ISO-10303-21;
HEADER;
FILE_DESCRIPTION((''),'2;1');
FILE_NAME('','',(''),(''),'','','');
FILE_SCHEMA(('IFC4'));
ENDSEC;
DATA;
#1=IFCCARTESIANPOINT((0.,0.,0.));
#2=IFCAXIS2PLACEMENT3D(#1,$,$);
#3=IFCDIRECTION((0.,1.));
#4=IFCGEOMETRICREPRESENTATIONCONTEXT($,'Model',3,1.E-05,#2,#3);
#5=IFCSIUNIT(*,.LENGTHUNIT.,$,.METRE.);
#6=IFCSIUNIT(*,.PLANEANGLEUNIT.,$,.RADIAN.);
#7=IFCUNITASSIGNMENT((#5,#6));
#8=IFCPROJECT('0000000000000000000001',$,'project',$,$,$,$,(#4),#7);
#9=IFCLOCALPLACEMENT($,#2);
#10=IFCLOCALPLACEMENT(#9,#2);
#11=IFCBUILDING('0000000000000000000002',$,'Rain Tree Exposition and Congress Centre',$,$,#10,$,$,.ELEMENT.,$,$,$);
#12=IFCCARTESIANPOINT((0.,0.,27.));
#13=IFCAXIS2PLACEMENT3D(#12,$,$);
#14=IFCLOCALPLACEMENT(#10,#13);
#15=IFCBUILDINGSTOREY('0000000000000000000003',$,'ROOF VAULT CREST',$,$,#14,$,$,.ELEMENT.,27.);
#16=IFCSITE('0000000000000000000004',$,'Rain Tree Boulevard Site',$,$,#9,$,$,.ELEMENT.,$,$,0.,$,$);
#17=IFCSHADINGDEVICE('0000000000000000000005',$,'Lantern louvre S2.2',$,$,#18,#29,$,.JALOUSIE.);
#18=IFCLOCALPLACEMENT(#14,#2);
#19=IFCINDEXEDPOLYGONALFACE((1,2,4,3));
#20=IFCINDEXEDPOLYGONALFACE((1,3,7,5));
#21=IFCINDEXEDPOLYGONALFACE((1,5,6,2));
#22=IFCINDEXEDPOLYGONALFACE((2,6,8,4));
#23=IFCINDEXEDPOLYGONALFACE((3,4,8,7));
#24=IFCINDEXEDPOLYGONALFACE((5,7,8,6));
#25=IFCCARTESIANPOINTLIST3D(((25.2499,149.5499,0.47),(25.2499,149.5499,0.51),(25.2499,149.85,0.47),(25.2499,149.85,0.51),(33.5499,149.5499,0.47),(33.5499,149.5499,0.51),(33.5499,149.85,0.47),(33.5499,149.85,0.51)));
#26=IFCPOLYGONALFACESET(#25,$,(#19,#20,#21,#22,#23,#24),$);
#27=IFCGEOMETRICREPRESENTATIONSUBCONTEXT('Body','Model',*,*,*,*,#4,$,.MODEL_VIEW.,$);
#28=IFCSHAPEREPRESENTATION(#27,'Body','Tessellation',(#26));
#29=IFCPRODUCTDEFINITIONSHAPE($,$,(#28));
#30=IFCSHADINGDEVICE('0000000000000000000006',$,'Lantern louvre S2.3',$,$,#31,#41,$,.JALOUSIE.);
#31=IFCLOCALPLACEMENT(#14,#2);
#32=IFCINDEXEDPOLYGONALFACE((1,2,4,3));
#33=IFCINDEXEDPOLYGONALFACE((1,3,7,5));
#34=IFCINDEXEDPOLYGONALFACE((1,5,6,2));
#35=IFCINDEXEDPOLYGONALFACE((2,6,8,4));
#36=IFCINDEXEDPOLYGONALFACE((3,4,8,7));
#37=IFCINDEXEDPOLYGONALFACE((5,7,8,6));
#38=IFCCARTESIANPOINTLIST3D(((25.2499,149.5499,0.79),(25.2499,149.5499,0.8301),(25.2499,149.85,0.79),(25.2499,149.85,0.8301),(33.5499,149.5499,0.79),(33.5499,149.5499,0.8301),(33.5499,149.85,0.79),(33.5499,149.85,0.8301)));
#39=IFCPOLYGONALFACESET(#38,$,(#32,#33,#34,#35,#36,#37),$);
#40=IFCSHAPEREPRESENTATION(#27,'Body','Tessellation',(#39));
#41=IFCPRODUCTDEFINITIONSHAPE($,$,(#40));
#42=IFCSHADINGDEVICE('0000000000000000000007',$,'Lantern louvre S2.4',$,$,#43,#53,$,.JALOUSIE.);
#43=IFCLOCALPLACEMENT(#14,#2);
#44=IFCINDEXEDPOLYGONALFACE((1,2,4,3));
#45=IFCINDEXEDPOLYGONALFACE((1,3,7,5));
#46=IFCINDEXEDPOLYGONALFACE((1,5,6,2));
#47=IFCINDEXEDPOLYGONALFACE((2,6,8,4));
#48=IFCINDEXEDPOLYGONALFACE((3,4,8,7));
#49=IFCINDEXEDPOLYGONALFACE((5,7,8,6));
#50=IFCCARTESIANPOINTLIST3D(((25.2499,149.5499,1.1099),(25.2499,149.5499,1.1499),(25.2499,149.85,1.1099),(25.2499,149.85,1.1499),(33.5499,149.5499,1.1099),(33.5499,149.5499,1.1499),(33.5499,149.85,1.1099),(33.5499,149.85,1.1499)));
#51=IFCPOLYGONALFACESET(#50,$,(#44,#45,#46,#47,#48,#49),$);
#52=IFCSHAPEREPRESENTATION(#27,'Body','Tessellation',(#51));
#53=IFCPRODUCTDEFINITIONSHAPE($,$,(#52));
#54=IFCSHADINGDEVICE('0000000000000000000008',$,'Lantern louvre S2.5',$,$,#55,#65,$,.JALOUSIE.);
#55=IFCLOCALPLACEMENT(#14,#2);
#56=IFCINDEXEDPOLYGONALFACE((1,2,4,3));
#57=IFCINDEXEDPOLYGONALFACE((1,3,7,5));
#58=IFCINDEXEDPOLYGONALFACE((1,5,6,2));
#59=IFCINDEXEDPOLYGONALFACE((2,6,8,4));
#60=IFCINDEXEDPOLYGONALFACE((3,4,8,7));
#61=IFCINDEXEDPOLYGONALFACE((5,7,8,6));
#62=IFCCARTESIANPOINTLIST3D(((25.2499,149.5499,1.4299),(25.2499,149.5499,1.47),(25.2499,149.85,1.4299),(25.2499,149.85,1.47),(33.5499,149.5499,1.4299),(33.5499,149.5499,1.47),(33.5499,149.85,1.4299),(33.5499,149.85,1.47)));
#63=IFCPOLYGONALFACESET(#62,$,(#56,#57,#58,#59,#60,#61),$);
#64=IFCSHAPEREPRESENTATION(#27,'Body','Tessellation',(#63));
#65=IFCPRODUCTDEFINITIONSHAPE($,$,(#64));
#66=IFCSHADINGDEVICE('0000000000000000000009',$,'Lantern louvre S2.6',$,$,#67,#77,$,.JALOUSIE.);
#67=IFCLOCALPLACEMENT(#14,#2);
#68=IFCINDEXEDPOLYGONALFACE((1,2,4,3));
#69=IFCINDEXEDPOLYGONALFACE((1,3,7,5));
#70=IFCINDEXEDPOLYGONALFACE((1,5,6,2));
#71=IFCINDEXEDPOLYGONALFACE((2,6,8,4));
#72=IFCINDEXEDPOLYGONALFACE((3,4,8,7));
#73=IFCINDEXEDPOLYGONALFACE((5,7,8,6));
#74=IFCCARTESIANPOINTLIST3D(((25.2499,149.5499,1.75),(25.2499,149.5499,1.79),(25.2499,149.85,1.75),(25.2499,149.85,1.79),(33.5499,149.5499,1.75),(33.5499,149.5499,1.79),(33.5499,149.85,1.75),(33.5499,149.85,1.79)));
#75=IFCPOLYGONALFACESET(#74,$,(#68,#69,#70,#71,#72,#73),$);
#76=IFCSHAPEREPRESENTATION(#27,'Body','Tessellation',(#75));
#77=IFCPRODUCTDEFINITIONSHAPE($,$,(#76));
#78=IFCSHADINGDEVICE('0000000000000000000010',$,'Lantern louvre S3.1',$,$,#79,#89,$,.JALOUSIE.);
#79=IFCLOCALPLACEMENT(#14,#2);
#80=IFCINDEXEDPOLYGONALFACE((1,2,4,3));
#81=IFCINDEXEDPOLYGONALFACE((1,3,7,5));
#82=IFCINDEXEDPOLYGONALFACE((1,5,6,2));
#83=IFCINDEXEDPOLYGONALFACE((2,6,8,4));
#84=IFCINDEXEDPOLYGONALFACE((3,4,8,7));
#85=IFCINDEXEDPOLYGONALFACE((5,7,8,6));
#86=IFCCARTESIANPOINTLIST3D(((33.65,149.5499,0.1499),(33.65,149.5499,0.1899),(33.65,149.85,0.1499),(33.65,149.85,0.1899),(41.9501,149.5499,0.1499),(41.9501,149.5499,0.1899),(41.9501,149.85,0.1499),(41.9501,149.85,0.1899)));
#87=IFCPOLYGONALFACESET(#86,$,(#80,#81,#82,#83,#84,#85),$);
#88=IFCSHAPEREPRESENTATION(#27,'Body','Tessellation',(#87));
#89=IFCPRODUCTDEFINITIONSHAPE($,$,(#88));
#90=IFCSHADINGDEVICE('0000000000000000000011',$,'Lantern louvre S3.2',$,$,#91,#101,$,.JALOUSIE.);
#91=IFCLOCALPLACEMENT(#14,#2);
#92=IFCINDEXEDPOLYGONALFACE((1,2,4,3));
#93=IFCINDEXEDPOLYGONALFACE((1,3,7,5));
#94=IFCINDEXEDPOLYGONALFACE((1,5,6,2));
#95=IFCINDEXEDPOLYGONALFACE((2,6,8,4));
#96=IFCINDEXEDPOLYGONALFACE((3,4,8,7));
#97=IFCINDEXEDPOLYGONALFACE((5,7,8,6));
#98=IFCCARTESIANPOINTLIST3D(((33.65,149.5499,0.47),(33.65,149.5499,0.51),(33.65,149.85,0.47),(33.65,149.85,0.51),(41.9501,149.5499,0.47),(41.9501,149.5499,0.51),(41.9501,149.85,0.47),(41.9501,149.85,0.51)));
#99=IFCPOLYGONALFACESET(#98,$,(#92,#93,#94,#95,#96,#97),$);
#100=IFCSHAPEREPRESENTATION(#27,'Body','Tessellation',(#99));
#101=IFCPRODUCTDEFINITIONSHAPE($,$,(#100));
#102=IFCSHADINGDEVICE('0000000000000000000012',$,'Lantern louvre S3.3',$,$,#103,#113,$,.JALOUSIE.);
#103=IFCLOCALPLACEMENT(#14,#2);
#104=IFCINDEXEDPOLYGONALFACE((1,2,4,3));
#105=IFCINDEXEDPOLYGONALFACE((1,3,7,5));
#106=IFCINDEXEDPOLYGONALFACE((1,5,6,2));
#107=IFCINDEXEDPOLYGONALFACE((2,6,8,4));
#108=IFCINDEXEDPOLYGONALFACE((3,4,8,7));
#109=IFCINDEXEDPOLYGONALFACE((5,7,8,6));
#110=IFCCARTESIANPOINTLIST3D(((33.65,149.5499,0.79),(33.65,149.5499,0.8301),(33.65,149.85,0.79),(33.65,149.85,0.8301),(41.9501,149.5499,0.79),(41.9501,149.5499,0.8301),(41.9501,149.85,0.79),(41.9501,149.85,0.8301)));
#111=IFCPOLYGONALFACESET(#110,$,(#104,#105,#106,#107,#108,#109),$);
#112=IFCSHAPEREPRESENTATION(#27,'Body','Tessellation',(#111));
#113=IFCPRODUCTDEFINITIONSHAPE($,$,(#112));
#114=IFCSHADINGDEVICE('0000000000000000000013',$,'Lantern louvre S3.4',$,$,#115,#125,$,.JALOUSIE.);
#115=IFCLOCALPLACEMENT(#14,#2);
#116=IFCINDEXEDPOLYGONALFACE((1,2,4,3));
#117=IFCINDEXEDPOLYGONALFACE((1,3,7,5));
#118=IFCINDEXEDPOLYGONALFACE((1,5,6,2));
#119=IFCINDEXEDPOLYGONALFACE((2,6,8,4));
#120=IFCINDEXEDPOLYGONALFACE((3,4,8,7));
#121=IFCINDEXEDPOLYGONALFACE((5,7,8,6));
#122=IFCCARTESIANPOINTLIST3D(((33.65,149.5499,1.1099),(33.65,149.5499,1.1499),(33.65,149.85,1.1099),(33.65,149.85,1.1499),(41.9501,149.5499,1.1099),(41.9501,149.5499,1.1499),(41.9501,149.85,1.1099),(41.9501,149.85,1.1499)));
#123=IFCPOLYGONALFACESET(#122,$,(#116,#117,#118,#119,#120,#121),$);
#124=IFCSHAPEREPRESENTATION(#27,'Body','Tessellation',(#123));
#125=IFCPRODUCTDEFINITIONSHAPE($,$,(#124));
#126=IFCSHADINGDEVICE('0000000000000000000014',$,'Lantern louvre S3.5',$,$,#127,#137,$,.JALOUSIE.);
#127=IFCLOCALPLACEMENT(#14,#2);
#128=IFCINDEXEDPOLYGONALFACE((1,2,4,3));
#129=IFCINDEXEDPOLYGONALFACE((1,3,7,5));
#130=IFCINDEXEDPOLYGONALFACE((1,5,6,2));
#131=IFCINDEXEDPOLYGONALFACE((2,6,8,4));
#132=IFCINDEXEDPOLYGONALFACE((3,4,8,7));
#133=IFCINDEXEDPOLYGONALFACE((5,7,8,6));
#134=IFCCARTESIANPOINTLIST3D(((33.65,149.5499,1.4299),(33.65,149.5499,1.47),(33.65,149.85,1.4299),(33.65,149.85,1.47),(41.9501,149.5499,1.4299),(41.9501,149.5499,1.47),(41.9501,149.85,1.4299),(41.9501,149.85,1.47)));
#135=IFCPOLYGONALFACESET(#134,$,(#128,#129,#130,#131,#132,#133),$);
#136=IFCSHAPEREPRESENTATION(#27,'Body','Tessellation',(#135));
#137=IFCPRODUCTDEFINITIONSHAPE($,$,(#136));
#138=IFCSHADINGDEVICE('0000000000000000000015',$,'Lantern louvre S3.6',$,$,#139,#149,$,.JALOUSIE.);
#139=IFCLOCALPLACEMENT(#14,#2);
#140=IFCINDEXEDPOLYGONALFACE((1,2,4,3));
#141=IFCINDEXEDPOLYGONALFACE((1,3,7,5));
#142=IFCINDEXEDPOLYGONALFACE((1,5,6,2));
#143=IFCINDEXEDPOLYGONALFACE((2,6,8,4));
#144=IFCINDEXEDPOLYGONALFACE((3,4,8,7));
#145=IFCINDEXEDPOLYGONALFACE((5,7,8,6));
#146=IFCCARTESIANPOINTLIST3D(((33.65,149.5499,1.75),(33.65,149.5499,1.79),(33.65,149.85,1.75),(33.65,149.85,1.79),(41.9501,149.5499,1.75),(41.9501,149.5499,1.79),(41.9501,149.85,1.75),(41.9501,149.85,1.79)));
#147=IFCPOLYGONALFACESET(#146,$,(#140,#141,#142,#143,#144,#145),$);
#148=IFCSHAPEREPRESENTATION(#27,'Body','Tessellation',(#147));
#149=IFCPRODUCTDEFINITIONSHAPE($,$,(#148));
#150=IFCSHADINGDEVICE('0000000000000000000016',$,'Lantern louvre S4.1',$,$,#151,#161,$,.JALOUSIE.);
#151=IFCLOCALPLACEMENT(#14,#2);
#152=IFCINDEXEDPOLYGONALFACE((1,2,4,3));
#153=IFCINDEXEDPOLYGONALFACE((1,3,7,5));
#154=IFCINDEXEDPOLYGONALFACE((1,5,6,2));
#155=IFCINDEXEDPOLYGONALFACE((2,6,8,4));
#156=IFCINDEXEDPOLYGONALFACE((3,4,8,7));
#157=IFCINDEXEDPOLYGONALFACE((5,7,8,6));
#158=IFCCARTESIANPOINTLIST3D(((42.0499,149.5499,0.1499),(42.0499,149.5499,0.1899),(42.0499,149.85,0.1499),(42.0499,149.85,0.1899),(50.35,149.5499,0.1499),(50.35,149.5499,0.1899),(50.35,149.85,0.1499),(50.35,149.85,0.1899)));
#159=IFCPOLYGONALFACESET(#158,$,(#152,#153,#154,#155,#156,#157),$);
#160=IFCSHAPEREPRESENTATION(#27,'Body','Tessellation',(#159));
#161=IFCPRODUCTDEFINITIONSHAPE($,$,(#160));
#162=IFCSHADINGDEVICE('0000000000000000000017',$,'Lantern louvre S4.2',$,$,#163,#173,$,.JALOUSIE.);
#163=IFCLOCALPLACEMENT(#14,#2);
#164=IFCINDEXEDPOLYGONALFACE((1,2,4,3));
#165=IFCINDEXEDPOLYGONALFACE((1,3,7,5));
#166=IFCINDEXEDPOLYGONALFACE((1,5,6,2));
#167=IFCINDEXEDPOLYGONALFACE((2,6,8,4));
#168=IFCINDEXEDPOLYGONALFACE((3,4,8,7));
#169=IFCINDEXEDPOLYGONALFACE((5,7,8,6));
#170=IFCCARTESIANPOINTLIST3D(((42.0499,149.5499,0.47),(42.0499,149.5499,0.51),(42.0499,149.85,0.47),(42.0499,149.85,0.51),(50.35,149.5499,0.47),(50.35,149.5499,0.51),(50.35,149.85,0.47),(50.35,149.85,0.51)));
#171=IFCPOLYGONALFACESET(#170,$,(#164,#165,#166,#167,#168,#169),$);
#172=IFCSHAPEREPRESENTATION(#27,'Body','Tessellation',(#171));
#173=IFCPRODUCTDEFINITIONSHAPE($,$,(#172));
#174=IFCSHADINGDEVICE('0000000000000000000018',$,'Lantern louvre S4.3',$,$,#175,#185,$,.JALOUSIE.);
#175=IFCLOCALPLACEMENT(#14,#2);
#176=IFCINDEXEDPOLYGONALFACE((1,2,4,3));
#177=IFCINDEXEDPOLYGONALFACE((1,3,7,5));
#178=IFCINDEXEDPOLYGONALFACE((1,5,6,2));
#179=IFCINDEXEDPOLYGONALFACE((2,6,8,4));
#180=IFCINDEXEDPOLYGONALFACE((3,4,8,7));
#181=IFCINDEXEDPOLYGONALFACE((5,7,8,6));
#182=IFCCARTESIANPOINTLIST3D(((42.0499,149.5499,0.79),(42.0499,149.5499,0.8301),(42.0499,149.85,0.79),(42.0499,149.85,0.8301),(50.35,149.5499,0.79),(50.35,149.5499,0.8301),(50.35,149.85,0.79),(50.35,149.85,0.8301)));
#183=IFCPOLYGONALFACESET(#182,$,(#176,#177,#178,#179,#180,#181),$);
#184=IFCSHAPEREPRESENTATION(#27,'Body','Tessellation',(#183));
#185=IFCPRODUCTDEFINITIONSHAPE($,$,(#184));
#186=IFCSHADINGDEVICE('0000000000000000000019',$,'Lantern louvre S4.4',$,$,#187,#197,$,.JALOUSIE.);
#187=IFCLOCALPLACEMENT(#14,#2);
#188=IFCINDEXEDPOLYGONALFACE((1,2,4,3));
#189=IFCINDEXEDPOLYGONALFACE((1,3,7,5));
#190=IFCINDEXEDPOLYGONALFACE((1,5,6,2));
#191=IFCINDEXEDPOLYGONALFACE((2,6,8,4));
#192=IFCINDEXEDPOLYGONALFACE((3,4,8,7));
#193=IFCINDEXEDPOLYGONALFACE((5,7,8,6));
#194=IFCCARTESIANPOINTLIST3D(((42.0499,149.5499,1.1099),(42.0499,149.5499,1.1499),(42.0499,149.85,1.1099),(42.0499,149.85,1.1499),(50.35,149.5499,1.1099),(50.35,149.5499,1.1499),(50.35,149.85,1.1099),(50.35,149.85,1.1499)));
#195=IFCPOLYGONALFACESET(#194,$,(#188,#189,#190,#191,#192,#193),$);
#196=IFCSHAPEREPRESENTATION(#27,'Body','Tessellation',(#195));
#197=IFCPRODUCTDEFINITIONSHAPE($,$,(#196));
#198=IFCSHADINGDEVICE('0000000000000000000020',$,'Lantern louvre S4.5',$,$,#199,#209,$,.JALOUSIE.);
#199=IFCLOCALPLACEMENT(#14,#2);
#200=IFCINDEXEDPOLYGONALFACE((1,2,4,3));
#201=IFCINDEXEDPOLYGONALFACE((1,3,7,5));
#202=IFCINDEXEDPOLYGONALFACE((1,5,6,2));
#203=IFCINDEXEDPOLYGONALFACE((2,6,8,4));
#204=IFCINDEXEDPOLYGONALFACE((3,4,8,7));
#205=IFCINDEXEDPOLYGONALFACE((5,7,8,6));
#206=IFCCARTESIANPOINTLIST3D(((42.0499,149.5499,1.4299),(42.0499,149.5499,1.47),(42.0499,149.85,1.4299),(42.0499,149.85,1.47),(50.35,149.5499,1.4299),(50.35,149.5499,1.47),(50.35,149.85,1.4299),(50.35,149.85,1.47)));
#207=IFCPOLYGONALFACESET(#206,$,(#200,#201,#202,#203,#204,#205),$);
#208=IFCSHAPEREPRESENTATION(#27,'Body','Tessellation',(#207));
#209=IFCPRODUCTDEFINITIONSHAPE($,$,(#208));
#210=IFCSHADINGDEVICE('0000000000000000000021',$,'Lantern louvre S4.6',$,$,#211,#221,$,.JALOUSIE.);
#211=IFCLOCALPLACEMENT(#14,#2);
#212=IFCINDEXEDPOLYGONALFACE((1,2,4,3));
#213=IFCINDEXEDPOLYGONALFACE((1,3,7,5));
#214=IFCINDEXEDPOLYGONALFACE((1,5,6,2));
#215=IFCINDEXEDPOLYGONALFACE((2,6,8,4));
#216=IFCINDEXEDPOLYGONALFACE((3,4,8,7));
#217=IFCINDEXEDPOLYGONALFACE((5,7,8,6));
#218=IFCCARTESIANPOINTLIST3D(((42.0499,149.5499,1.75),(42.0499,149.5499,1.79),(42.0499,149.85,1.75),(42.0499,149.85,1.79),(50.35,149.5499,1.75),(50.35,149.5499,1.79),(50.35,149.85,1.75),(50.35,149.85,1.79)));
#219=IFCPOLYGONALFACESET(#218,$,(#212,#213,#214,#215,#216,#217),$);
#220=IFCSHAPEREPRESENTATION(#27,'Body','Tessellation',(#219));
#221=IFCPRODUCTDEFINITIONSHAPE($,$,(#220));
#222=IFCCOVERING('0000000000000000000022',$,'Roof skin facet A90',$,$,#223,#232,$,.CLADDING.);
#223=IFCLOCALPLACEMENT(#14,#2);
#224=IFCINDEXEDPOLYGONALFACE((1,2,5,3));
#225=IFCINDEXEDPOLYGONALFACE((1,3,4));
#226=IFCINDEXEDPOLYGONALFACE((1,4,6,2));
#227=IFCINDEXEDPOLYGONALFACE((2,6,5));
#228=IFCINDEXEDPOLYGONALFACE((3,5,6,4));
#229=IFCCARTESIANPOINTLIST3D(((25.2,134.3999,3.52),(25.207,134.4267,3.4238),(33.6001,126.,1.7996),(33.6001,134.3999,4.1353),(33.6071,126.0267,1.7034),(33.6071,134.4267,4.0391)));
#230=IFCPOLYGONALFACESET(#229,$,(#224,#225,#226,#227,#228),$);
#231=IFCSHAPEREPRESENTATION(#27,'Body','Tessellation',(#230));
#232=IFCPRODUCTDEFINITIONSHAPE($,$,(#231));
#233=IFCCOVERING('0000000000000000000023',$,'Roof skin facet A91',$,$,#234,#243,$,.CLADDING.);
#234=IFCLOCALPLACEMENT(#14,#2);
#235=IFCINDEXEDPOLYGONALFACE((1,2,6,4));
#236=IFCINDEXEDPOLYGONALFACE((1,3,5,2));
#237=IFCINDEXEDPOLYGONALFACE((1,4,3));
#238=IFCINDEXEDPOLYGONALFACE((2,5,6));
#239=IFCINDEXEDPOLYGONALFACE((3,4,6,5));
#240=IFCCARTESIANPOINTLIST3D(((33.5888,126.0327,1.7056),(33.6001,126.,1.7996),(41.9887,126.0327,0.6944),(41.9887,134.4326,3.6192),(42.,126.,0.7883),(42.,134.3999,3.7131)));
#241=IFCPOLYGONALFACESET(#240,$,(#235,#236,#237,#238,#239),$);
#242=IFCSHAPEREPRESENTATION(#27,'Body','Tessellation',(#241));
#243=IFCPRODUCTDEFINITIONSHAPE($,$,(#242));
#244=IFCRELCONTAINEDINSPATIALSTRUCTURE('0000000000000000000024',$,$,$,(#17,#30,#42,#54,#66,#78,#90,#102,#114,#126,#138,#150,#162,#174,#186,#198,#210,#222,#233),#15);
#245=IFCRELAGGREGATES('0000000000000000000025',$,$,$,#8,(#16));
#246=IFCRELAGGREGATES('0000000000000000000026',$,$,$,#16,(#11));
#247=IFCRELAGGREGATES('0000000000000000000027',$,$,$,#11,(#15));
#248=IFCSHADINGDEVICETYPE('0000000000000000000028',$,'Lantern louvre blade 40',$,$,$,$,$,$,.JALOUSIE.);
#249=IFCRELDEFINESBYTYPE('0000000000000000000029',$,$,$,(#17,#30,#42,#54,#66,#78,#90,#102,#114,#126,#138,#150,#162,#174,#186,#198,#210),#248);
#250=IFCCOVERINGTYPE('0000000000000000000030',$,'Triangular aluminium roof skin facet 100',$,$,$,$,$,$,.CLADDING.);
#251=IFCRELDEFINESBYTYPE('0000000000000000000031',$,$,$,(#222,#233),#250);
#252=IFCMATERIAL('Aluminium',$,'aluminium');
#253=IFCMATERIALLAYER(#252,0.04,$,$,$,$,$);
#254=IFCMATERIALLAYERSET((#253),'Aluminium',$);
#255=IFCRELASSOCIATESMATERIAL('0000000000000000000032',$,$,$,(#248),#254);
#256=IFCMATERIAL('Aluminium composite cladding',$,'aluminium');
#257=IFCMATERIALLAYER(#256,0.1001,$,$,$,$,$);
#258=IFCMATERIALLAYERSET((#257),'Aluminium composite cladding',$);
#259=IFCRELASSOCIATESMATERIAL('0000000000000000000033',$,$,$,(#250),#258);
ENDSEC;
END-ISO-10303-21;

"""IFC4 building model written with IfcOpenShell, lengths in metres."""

from ifc_helpers import new_model, si_unit, direction, frame, origin, origin_2d, place, context, subcontext, project, spatial, polyline, rectangle, outline, extrude, material, layer, layer_set, type_object, element, save


model = new_model("IFC4")

# Units and contexts
model_context = context("Model", 3, precision=1e-05, world=origin(), true_north=direction((0.0, 1.0)))
body_context = subcontext(model_context, "Body", "Model", "MODEL_VIEW")
ifc_project = project(units=[si_unit("LENGTHUNIT", "METRE"), si_unit("PLANEANGLEUNIT", "RADIAN")], contexts=[model_context])

# Site, building, storey
site_placement = place(None, origin())
site = spatial("IfcSite", under=ifc_project, at=site_placement, Name="Rain Tree Boulevard Site", CompositionType="ELEMENT", RefElevation=0.0)
building_placement = place(site_placement, origin())
building = spatial("IfcBuilding", under=site, at=building_placement, Name="Rain Tree Exposition and Congress Centre", CompositionType="ELEMENT")
storey_placement = place(building_placement, frame((0.0, 0.0, 27.0)))
storey = spatial("IfcBuildingStorey", under=building, at=storey_placement, Name="ROOF VAULT CREST", CompositionType="ELEMENT", Elevation=27.0)

# Shading devices
ifc_material_1 = material(Name="Aluminium", Category="aluminium")
ifc_layer_1 = layer(ifc_material_1, 0.04)
ifc_layer_set_1 = layer_set([ifc_layer_1], Name="Aluminium")
shading_device_type = type_object("IfcShadingDeviceType", Name="Lantern louvre blade 40", PredefinedType="JALOUSIE", material=ifc_layer_set_1)
for number, where, z_axis, x_axis, name in (
    (1, (29.3999, 149.7, 0.47), (0.0, 0.0, 1.0), (1.0, 0.0, 0.0), "Lantern louvre S2.2"),
    (2, (29.3999, 149.7, 0.79), (0.0, 0.0, 1.0), (1.0, 0.0, 0.0), "Lantern louvre S2.3"),
    (3, (29.3999, 149.7, 1.1099), (0.0, 0.0, 1.0), (1.0, 0.0, 0.0), "Lantern louvre S2.4"),
    (4, (29.3999, 149.7, 1.4299), (0.0, 0.0, 1.0), (1.0, 0.0, 0.0), "Lantern louvre S2.5"),
    (5, (29.3999, 149.7, 1.75), (0.0, 0.0, 1.0), (1.0, 0.0, 0.0), "Lantern louvre S2.6"),
    (6, (37.8, 149.7, 0.1499), (0.0, 0.0, 1.0), (1.0, 0.0, 0.0), "Lantern louvre S3.1"),
    (7, (37.8, 149.7, 0.47), (0.0, 0.0, 1.0), (1.0, 0.0, 0.0), "Lantern louvre S3.2"),
    (8, (37.8, 149.7, 0.79), (0.0, 0.0, 1.0), (1.0, 0.0, 0.0), "Lantern louvre S3.3"),
    (9, (37.8, 149.7, 1.1099), (0.0, 0.0, 1.0), (1.0, 0.0, 0.0), "Lantern louvre S3.4"),
    (10, (37.8, 149.7, 1.4299), (0.0, 0.0, 1.0), (1.0, 0.0, 0.0), "Lantern louvre S3.5"),
    (11, (37.8, 149.7, 1.75), (0.0, 0.0, 1.0), (1.0, 0.0, 0.0), "Lantern louvre S3.6"),
    (12, (46.2, 149.7, 0.1499), (0.0, 0.0, 1.0), (1.0, 0.0, 0.0), "Lantern louvre S4.1"),
    (13, (46.2, 149.7, 0.47), (0.0, 0.0, 1.0), (1.0, 0.0, 0.0), "Lantern louvre S4.2"),
    (14, (46.2, 149.7, 0.79), (0.0, 0.0, 1.0), (1.0, 0.0, 0.0), "Lantern louvre S4.3"),
    (15, (46.2, 149.7, 1.1099), (0.0, 0.0, 1.0), (1.0, 0.0, 0.0), "Lantern louvre S4.4"),
    (16, (46.2, 149.7, 1.4299), (0.0, 0.0, 1.0), (1.0, 0.0, 0.0), "Lantern louvre S4.5"),
    (17, (46.2, 149.7, 1.75), (0.0, 0.0, 1.0), (1.0, 0.0, 0.0), "Lantern louvre S4.6"),
):
    element("IfcShadingDevice", number, at=place(storey_placement, frame(where, z_axis=z_axis, x_axis=x_axis)), inside=storey, type_object=shading_device_type, Name=name, PredefinedType="JALOUSIE", context=body_context, shape_type="SweptSolid", body=[
        extrude(rectangle(XDim=8.3, YDim=0.3, at=origin_2d()), origin(), (0.0, 0.0, 1.0), 0.04),
    ])

# Coverings
ifc_material_2 = material(Name="Aluminium composite cladding", Category="aluminium")
ifc_layer_2 = layer(ifc_material_2, 0.1001)
ifc_layer_set_2 = layer_set([ifc_layer_2], Name="Aluminium composite cladding")
covering_type = type_object("IfcCoveringType", Name="Triangular aluminium roof skin facet 100", PredefinedType="CLADDING", material=ifc_layer_set_2)
covering_1_placement = place(storey_placement, frame((33.6001, 126.0, 1.7996), z_axis=(-0.070389, -0.267234, 0.961058), x_axis=(0.0, 0.963447, 0.267898)))
element("IfcCovering", 18, at=covering_1_placement, inside=storey, type_object=covering_type, Name="Roof skin facet A90", PredefinedType="CLADDING", context=body_context, shape_type="SweptSolid", body=[
    extrude(outline(polyline([(0.0, 0.0), (8.7186, 0.0), (8.5538, 8.421), (0.0, 0.0)])), origin(), (0.0, 0.0, -1.0), 0.1001),
])
covering_2_placement = place(storey_placement, frame((33.6001, 126.0, 1.7996), z_axis=(0.112963, -0.326727, 0.938344), x_axis=(0.992831, 0.0, -0.119523)))
element("IfcCovering", 19, at=covering_2_placement, inside=storey, type_object=covering_type, Name="Roof skin facet A91", PredefinedType="CLADDING", context=body_context, shape_type="SweptSolid", body=[
    extrude(outline(polyline([(0.0, 0.0), (8.4606, 0.0), (8.111, 8.8877), (0.0, 0.0)])), origin(), (0.0, 0.0, -1.0), 0.1001),
])

save(model, "model.ifc")
